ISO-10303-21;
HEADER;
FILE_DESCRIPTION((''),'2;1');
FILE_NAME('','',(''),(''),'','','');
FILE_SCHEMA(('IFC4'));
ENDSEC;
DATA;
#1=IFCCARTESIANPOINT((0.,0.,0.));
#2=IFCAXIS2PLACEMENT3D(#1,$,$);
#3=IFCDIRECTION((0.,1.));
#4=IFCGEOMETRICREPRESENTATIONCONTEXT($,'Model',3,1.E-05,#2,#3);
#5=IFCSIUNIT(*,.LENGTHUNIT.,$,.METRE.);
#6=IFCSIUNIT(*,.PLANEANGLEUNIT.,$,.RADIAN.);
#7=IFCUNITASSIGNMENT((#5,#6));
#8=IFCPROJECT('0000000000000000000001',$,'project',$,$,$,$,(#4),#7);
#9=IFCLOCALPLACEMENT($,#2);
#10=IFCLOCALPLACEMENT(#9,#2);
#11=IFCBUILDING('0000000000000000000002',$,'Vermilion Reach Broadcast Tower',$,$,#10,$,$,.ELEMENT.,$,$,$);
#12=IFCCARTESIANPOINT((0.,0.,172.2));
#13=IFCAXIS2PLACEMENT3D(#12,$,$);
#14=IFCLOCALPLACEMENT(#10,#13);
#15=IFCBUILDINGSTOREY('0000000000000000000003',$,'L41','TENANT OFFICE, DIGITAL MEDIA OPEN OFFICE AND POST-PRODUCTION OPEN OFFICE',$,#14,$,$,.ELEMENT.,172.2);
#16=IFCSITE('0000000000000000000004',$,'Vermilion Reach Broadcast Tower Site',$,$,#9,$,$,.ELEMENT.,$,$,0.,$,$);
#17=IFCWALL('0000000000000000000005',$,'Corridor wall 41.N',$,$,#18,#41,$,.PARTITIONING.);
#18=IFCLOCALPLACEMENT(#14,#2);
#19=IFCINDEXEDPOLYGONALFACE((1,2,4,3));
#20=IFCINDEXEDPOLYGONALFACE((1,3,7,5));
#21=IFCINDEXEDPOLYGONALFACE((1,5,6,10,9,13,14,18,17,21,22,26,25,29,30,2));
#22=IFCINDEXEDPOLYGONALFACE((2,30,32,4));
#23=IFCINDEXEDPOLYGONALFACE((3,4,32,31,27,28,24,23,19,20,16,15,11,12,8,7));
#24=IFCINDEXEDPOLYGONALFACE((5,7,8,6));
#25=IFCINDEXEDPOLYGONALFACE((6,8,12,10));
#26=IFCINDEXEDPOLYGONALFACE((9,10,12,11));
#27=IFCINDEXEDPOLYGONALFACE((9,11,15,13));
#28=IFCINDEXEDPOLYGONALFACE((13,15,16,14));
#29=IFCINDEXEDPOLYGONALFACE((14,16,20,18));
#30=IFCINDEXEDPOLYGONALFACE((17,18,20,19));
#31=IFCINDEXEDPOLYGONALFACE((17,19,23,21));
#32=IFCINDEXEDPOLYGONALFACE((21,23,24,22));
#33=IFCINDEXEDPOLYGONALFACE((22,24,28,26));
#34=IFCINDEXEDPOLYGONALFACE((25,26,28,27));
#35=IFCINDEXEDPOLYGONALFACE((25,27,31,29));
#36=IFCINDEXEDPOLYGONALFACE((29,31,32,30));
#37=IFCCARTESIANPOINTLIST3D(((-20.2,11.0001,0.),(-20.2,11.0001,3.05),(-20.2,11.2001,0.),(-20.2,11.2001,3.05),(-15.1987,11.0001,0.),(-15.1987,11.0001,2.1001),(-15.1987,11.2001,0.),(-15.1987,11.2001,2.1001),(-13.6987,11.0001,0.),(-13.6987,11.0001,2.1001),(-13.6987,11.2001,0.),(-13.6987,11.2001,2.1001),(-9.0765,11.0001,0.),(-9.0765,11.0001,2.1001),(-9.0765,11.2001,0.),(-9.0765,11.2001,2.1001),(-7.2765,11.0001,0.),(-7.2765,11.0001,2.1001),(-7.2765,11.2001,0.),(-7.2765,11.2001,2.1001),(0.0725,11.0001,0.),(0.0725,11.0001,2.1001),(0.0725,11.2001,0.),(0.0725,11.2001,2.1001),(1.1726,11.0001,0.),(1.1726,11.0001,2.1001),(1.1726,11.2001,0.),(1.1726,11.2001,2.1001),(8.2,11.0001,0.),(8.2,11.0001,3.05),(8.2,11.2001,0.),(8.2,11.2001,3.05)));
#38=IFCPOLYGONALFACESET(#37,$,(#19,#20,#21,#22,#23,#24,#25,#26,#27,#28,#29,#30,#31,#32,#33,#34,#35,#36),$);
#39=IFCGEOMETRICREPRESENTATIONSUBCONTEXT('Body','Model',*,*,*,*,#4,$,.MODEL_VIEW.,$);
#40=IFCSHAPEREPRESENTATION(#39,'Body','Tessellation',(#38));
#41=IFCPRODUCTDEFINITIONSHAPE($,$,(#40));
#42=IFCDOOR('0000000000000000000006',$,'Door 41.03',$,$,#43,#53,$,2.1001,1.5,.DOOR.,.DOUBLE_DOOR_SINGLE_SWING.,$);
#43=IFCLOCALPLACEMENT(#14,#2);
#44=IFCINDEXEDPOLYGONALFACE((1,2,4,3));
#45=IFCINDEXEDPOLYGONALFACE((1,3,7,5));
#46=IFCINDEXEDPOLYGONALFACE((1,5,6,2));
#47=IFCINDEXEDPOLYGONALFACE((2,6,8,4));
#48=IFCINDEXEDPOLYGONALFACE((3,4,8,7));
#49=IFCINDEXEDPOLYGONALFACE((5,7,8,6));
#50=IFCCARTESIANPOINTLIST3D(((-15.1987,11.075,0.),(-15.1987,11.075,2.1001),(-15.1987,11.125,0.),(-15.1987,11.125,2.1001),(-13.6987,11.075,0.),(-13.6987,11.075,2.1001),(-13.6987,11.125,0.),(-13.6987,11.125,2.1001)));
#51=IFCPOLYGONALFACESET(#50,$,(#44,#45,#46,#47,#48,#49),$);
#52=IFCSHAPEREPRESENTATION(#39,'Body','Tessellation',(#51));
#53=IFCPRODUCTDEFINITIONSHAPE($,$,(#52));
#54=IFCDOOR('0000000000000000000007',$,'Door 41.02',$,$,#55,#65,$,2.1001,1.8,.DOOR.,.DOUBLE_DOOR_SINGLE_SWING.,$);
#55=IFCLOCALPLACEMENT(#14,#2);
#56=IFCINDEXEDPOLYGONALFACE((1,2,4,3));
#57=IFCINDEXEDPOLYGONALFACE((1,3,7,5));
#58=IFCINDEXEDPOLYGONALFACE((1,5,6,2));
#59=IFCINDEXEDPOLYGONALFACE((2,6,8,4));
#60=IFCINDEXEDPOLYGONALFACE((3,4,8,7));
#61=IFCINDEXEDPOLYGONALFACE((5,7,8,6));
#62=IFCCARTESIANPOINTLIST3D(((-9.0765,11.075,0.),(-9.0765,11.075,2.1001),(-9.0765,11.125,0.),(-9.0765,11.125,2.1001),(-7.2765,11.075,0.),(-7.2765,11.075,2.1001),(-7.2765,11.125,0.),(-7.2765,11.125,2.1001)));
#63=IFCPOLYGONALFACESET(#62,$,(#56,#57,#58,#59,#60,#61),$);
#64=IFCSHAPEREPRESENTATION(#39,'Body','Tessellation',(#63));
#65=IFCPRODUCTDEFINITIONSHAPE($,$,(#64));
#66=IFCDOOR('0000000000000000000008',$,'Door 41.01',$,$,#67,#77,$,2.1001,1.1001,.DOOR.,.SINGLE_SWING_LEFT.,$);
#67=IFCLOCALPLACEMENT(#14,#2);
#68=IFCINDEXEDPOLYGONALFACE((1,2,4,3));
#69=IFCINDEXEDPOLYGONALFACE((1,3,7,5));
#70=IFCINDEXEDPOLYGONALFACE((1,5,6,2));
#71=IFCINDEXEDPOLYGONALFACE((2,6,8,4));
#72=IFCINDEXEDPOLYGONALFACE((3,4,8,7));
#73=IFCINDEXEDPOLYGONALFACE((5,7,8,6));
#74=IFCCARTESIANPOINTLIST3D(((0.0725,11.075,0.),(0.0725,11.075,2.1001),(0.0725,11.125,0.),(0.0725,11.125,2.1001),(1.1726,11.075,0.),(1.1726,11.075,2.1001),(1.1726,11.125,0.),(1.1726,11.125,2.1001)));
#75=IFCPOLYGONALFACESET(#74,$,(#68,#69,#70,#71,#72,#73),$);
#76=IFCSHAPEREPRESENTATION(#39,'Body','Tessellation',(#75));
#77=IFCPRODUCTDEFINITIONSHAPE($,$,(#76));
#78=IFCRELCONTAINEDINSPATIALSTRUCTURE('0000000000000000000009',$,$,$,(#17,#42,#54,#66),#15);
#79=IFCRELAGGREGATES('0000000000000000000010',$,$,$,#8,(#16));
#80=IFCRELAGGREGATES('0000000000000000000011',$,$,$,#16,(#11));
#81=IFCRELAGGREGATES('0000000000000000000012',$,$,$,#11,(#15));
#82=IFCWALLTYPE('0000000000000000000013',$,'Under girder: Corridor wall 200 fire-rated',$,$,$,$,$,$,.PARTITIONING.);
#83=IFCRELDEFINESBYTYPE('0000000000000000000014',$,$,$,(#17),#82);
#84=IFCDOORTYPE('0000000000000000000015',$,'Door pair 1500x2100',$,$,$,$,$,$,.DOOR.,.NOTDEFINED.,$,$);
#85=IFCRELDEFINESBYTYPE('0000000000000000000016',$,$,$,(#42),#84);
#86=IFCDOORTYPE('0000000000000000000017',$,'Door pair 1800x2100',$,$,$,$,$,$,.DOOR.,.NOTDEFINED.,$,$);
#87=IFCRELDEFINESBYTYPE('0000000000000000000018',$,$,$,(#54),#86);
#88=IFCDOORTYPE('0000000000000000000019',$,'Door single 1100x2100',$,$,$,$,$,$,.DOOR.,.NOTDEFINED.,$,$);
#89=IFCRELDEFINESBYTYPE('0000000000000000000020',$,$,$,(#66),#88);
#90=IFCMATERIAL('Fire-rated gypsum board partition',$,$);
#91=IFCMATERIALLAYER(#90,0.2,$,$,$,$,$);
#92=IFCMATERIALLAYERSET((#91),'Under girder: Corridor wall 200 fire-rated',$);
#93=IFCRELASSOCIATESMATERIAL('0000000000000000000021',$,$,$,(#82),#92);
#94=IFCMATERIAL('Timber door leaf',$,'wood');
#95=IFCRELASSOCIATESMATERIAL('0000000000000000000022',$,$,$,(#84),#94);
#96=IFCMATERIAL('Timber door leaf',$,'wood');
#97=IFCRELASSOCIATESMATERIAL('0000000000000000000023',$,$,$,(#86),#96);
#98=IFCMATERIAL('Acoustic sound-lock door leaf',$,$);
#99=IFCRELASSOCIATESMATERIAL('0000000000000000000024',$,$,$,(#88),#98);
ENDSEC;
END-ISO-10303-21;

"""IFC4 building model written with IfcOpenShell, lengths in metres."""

from ifc_helpers import new_model, si_unit, direction, frame, frame_2d, origin, place, context, subcontext, project, spatial, rectangle, extrude, material, layer, layer_set, type_object, element, fill, save


model = new_model("IFC4")

# Units and contexts
model_context = context("Model", 3, precision=1e-05, world=origin(), true_north=direction((0.0, 1.0)))
body_context = subcontext(model_context, "Body", "Model", "MODEL_VIEW")
ifc_project = project(units=[si_unit("LENGTHUNIT", "METRE"), si_unit("PLANEANGLEUNIT", "RADIAN")], contexts=[model_context])

# Site, building, storey
site_placement = place(None, origin())
site = spatial("IfcSite", under=ifc_project, at=site_placement, Name="Vermilion Reach Broadcast Tower Site", CompositionType="ELEMENT", RefElevation=0.0)
building_placement = place(site_placement, origin())
building = spatial("IfcBuilding", under=site, at=building_placement, Name="Vermilion Reach Broadcast Tower", CompositionType="ELEMENT")
storey_placement = place(building_placement, frame((0.0, 0.0, 172.2)))
storey = spatial("IfcBuildingStorey", under=building, at=storey_placement, Name="L41", Description="TENANT OFFICE, DIGITAL MEDIA OPEN OFFICE AND POST-PRODUCTION OPEN OFFICE", CompositionType="ELEMENT", Elevation=172.2)

# Wall, openings, doors
ifc_material_1 = material(Name="Fire-rated gypsum board partition")
ifc_layer_1 = layer(ifc_material_1, 0.2)
ifc_layer_set_1 = layer_set([ifc_layer_1], Name="Under girder: Corridor wall 200 fire-rated")
wall_type_1 = type_object("IfcWallType", Name="Under girder: Corridor wall 200 fire-rated", PredefinedType="PARTITIONING", material=ifc_layer_set_1)
wall_1_placement = place(storey_placement, frame((-20.2, 11.1001, 0.0), z_axis=(0.0, 0.0, 1.0), x_axis=(1.0, 0.0, 0.0)))
wall_1 = element("IfcWall", 1, at=wall_1_placement, inside=storey, type_object=wall_type_1, Name="Corridor wall 41.N", PredefinedType="PARTITIONING", context=body_context, shape_type="SweptSolid", body=[
    extrude(rectangle(XDim=28.3999, YDim=0.2, at=frame_2d((14.2, 0.0))), origin(), (0.0, 0.0, 1.0), 3.05),
])
opening_1_placement = place(wall_1_placement, frame((20.2725, 0.0, 0.0)))
opening_1 = element("IfcOpeningElement", 2, at=opening_1_placement, cuts=wall_1, PredefinedType="OPENING", context=body_context, shape_type="SweptSolid", body=[
    extrude(rectangle(XDim=1.1001, YDim=2.1001, at=frame_2d((0.55, 1.05))), frame((0.0, 0.1099, 0.0), z_axis=(0.0, -1.0, 0.0), x_axis=(1.0, 0.0, 0.0)), (0.0, 0.0, 1.0), 0.22),
])
opening_2_placement = place(wall_1_placement, frame((11.1235, 0.0, 0.0)))
opening_2 = element("IfcOpeningElement", 3, at=opening_2_placement, cuts=wall_1, PredefinedType="OPENING", context=body_context, shape_type="SweptSolid", body=[
    extrude(rectangle(XDim=1.8, YDim=2.1001, at=frame_2d((0.8999, 1.05))), frame((0.0, 0.1099, 0.0), z_axis=(0.0, -1.0, 0.0), x_axis=(1.0, 0.0, 0.0)), (0.0, 0.0, 1.0), 0.22),
])
opening_3_placement = place(wall_1_placement, frame((5.0012, 0.0, 0.0)))
opening_3 = element("IfcOpeningElement", 4, at=opening_3_placement, cuts=wall_1, PredefinedType="OPENING", context=body_context, shape_type="SweptSolid", body=[
    extrude(rectangle(XDim=1.5, YDim=2.1001, at=frame_2d((0.75, 1.05))), frame((0.0, 0.1099, 0.0), z_axis=(0.0, -1.0, 0.0), x_axis=(1.0, 0.0, 0.0)), (0.0, 0.0, 1.0), 0.22),
])
ifc_material_2 = material(Name="Timber door leaf", Category="wood")
door_type_1 = type_object("IfcDoorType", Name="Door pair 1500x2100", OperationType="NOTDEFINED", PredefinedType="DOOR", material=ifc_material_2)
door_1_placement = place(opening_3_placement, origin())
door_1 = element("IfcDoor", 5, at=door_1_placement, inside=storey, type_object=door_type_1, Name="Door 41.03", OperationType="DOUBLE_DOOR_SINGLE_SWING", OverallHeight=2.1001, OverallWidth=1.5, PredefinedType="DOOR", context=body_context, shape_type="SweptSolid", body=[
    extrude(rectangle(XDim=1.5, YDim=2.1001, at=frame_2d((0.75, 1.05))), frame((0.0, 0.0249, 0.0), z_axis=(0.0, -1.0, 0.0), x_axis=(1.0, 0.0, 0.0)), (0.0, 0.0, 1.0), 0.05),
])
fill(opening_3, door_1)
ifc_material_3 = material(Name="Timber door leaf", Category="wood")
door_type_2 = type_object("IfcDoorType", Name="Door pair 1800x2100", OperationType="NOTDEFINED", PredefinedType="DOOR", material=ifc_material_3)
door_2_placement = place(opening_2_placement, origin())
door_2 = element("IfcDoor", 6, at=door_2_placement, inside=storey, type_object=door_type_2, Name="Door 41.02", OperationType="DOUBLE_DOOR_SINGLE_SWING", OverallHeight=2.1001, OverallWidth=1.8, PredefinedType="DOOR", context=body_context, shape_type="SweptSolid", body=[
    extrude(rectangle(XDim=1.8, YDim=2.1001, at=frame_2d((0.8999, 1.05))), frame((0.0, 0.0249, 0.0), z_axis=(0.0, -1.0, 0.0), x_axis=(1.0, 0.0, 0.0)), (0.0, 0.0, 1.0), 0.05),
])
fill(opening_2, door_2)
ifc_material_4 = material(Name="Acoustic sound-lock door leaf")
door_type_3 = type_object("IfcDoorType", Name="Door single 1100x2100", OperationType="NOTDEFINED", PredefinedType="DOOR", material=ifc_material_4)
door_3_placement = place(opening_1_placement, origin())
door_3 = element("IfcDoor", 7, at=door_3_placement, inside=storey, type_object=door_type_3, Name="Door 41.01", OperationType="SINGLE_SWING_LEFT", OverallHeight=2.1001, OverallWidth=1.1001, PredefinedType="DOOR", context=body_context, shape_type="SweptSolid", body=[
    extrude(rectangle(XDim=1.1001, YDim=2.1001, at=frame_2d((0.55, 1.05))), frame((0.0, 0.0249, 0.0), z_axis=(0.0, -1.0, 0.0), x_axis=(1.0, 0.0, 0.0)), (0.0, 0.0, 1.0), 0.05),
])
fill(opening_1, door_3)

save(model, "model.ifc")
